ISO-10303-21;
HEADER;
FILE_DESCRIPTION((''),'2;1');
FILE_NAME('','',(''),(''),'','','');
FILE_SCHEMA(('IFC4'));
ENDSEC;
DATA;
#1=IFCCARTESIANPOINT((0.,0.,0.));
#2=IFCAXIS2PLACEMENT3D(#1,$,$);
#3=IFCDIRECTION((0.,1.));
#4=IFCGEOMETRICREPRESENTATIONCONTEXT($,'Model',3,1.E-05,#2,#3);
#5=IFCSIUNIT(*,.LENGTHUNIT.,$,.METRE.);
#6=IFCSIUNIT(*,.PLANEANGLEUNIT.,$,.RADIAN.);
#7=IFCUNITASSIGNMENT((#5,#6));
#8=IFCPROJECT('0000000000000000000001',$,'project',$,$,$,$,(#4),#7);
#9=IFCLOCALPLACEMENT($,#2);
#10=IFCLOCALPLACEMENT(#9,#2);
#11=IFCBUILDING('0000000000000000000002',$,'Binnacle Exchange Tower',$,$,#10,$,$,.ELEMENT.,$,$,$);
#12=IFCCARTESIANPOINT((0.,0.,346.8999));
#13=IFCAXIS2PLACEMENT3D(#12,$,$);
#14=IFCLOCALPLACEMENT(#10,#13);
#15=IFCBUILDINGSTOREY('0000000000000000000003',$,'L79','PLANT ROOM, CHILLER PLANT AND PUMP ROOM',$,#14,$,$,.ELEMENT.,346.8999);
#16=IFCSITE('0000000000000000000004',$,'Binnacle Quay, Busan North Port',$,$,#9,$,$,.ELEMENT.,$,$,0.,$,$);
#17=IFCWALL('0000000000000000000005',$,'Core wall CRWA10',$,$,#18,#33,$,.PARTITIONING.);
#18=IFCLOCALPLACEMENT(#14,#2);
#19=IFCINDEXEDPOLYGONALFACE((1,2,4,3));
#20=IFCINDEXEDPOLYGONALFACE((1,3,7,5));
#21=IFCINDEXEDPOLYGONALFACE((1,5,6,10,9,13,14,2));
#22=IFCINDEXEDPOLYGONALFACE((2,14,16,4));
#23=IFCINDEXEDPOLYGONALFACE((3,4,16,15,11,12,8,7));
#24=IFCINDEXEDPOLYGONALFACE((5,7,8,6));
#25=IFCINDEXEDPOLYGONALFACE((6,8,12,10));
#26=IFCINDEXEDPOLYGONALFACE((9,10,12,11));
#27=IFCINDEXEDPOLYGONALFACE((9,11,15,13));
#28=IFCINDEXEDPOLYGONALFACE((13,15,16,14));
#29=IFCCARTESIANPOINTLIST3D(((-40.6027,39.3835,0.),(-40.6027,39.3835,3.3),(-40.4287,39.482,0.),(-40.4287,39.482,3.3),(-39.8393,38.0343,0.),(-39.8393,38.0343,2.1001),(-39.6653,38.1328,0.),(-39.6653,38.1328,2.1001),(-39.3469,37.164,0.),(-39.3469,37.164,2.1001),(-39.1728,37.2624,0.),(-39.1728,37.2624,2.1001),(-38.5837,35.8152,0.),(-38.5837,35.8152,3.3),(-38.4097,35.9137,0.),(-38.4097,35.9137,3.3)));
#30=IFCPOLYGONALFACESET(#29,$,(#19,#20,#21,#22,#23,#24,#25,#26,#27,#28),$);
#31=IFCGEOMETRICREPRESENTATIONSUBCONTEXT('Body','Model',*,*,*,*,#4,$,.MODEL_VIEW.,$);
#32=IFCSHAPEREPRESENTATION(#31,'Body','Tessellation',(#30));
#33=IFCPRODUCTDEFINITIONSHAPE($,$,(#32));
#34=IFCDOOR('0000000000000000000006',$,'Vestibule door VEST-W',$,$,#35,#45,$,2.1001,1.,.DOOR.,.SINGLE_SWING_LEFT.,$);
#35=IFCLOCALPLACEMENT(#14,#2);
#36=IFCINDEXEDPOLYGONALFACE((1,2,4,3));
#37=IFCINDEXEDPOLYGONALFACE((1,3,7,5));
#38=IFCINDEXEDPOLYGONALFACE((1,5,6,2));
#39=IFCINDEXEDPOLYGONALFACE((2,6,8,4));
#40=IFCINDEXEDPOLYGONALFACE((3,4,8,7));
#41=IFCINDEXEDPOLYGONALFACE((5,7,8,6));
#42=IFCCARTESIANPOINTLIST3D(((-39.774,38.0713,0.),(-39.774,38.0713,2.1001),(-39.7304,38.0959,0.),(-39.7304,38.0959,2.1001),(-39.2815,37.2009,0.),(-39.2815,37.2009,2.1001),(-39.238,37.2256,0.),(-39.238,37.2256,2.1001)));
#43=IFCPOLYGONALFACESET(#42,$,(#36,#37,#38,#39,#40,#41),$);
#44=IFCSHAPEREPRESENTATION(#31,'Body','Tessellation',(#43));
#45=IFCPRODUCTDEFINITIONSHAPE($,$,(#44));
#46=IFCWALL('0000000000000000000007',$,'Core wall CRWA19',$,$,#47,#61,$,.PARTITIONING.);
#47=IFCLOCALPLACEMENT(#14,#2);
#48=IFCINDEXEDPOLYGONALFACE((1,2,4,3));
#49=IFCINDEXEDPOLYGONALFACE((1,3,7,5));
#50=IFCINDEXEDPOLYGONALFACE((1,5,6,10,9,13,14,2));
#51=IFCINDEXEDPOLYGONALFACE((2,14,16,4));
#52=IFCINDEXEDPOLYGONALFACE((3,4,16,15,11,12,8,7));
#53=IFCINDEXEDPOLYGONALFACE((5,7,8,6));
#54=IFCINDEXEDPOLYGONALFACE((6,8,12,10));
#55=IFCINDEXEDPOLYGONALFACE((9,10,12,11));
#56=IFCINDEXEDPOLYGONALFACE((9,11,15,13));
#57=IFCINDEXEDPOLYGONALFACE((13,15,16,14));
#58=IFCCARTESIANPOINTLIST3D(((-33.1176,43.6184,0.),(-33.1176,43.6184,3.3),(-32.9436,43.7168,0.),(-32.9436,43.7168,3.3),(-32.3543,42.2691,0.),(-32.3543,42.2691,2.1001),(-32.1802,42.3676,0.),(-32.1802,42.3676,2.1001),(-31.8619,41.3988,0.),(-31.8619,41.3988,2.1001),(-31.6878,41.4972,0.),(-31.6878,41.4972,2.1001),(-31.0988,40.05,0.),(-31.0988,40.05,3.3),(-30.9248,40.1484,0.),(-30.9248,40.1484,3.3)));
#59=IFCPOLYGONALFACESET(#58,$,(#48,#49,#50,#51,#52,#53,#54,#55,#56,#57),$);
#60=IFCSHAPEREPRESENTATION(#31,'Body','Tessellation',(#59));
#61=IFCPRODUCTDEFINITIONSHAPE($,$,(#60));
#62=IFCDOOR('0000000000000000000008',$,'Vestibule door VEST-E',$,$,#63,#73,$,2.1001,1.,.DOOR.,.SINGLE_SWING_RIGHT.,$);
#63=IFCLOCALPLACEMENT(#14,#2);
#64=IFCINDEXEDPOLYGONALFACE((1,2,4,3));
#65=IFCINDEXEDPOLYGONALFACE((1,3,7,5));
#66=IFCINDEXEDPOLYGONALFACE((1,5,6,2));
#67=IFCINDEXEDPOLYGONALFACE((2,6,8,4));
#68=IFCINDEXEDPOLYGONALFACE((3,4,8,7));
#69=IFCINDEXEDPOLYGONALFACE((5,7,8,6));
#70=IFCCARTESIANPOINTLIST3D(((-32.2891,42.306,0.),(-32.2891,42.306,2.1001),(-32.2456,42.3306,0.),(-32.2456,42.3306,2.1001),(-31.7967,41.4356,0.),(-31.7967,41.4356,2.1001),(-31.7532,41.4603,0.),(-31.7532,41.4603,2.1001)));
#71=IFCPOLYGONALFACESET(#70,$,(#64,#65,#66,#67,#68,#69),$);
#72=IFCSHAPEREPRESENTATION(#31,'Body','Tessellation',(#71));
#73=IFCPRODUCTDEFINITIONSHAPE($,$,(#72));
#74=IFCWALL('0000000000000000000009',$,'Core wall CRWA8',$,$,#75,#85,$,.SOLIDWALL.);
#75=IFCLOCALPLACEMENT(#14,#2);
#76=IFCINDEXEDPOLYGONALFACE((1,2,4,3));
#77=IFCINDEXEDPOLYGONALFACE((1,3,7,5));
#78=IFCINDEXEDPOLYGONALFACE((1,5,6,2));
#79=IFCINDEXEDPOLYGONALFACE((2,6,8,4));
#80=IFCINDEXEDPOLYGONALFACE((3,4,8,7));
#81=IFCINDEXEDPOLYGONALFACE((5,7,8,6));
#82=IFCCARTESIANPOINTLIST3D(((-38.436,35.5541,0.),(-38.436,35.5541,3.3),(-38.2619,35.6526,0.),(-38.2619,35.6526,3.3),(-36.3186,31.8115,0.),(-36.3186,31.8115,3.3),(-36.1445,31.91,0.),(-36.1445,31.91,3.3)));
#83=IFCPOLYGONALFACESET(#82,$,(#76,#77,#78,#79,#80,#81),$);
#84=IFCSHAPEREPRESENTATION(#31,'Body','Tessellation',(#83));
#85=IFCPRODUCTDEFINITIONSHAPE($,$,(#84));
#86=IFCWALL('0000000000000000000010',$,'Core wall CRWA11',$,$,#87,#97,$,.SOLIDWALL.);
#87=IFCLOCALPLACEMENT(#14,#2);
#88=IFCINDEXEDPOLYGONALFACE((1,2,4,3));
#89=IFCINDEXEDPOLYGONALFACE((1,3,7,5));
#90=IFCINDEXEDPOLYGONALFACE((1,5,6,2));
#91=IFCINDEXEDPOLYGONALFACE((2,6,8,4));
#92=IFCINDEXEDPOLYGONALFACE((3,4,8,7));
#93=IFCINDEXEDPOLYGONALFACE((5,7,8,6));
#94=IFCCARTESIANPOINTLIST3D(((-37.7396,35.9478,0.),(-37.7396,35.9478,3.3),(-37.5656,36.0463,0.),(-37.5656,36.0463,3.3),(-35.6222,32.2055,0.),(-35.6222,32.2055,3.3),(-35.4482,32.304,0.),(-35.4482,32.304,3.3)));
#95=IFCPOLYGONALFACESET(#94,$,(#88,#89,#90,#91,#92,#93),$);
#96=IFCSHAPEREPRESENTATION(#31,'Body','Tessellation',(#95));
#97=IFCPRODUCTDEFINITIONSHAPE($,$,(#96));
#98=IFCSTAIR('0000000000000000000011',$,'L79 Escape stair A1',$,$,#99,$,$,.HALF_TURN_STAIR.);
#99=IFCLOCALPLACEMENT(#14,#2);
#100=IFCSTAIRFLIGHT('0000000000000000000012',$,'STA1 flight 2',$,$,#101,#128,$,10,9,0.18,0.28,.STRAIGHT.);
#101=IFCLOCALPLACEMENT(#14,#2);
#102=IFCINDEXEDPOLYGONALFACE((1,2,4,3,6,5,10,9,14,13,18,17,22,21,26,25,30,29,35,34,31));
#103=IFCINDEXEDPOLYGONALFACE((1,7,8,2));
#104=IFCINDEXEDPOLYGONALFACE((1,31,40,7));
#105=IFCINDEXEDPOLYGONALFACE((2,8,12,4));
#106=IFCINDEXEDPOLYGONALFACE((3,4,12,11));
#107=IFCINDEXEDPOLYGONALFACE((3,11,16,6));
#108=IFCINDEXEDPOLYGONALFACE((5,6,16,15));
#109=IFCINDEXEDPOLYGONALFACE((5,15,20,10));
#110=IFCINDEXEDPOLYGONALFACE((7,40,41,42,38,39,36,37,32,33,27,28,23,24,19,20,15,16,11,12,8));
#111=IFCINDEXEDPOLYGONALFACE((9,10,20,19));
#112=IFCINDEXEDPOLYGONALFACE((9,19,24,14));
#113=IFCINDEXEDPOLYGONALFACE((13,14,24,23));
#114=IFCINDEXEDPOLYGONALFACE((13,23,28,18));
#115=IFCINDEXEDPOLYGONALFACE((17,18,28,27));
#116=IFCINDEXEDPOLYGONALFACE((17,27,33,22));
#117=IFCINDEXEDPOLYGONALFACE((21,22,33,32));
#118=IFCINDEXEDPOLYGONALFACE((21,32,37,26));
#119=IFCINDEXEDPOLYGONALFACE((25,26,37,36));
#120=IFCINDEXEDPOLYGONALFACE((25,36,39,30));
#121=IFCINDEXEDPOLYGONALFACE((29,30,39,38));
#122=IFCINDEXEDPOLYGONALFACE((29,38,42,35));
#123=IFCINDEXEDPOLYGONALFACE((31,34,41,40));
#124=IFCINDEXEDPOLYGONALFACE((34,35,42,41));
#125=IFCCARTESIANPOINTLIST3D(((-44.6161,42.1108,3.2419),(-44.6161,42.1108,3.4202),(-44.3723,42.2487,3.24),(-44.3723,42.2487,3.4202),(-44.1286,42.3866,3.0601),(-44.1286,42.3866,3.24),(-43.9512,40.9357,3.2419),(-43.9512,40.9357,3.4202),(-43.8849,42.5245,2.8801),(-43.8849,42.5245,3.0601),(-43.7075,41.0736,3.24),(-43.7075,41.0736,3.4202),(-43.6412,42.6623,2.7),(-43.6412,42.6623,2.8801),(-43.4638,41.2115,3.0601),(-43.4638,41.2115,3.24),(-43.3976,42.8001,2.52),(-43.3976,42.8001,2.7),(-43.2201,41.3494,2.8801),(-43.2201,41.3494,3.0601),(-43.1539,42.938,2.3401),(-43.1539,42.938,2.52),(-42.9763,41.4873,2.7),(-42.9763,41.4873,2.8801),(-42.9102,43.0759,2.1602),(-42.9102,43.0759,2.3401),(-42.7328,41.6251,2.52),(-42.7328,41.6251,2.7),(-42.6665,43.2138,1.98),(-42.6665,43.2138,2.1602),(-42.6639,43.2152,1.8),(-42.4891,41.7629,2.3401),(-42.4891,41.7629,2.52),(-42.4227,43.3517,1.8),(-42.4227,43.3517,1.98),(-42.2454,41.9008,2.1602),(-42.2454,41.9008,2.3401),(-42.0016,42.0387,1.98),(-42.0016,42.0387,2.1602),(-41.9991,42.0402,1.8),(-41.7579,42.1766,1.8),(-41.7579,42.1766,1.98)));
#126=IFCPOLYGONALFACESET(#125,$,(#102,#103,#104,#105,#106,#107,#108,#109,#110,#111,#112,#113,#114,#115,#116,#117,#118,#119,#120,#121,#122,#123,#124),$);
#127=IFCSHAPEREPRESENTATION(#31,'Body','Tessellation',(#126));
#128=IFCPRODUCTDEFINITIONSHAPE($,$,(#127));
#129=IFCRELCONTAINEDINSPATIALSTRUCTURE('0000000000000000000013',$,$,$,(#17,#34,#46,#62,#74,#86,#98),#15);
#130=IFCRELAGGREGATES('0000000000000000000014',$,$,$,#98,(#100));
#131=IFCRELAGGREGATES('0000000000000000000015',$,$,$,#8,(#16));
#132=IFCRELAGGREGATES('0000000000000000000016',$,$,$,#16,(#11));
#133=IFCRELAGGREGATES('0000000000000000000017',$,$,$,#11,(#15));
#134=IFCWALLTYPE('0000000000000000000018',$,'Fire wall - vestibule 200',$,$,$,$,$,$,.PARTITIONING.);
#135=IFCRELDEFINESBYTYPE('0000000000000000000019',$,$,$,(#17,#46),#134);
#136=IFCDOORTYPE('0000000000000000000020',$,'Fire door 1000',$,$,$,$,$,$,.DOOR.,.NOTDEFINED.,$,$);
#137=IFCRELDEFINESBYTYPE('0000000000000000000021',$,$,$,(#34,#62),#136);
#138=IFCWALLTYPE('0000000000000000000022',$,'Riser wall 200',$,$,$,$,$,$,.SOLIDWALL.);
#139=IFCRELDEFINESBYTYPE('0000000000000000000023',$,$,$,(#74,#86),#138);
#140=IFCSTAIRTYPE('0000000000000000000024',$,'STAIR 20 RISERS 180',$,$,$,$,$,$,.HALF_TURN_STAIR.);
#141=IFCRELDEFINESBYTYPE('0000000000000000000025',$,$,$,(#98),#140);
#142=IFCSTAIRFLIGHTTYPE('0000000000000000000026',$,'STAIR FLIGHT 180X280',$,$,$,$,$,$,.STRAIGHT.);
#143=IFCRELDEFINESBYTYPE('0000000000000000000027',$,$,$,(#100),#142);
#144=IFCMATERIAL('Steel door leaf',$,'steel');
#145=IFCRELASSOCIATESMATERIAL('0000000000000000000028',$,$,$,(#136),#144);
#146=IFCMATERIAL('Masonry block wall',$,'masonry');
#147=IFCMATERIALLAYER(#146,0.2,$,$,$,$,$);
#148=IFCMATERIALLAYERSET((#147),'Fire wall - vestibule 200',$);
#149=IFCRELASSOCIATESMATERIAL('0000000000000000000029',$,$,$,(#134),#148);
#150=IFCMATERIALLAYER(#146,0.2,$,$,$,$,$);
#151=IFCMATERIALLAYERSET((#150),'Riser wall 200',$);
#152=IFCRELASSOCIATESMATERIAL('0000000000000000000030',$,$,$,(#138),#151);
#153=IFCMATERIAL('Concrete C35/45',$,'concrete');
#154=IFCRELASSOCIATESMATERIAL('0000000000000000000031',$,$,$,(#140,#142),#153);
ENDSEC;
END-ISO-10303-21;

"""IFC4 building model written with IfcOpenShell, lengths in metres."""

from ifc_helpers import new_model, si_unit, direction, frame, frame_2d, origin, place, context, subcontext, project, spatial, polyline, rectangle, outline, extrude, material, layer, layer_set, type_object, element, fill, aggregate, save


model = new_model("IFC4")

# Units and contexts
model_context = context("Model", 3, precision=1e-05, world=origin(), true_north=direction((0.0, 1.0)))
body_context = subcontext(model_context, "Body", "Model", "MODEL_VIEW")
ifc_project = project(units=[si_unit("LENGTHUNIT", "METRE"), si_unit("PLANEANGLEUNIT", "RADIAN")], contexts=[model_context])

# Site, building, storey
site_placement = place(None, origin())
site = spatial("IfcSite", under=ifc_project, at=site_placement, Name="Binnacle Quay, Busan North Port", CompositionType="ELEMENT", RefElevation=0.0)
building_placement = place(site_placement, origin())
building = spatial("IfcBuilding", under=site, at=building_placement, Name="Binnacle Exchange Tower", CompositionType="ELEMENT")
storey_placement = place(building_placement, frame((0.0, 0.0, 346.8999)))
storey = spatial("IfcBuildingStorey", under=building, at=storey_placement, Name="L79", Description="PLANT ROOM, CHILLER PLANT AND PUMP ROOM", CompositionType="ELEMENT", Elevation=346.8999)

# Shared definitions
ifc_material_1 = material(Name="Steel door leaf", Category="steel")

# Shared definitions
door_type_1 = type_object("IfcDoorType", Name="Fire door 1000", OperationType="NOTDEFINED", PredefinedType="DOOR", material=ifc_material_1)

# Walls, openings, doors
ifc_material_2 = material(Name="Masonry block wall", Category="masonry")
ifc_layer_1 = layer(ifc_material_2, 0.2)
ifc_layer_set_1 = layer_set([ifc_layer_1], Name="Fire wall - vestibule 200")
wall_type_1 = type_object("IfcWallType", Name="Fire wall - vestibule 200", PredefinedType="PARTITIONING", material=ifc_layer_set_1)
wall_1_placement = place(storey_placement, frame((-40.5156, 39.4326, 0.0), z_axis=(0.0, 0.0, 1.0), x_axis=(0.492454, -0.870339, 0.0)))
wall_1 = element("IfcWall", 1, at=wall_1_placement, inside=storey, type_object=wall_type_1, Name="Core wall CRWA10", PredefinedType="PARTITIONING", context=body_context, shape_type="SweptSolid", body=[
    extrude(rectangle(XDim=4.0999, YDim=0.2, at=frame_2d((2.0498, 0.0))), origin(), (0.0, 0.0, 1.0), 3.3),
])
opening_1_placement = place(wall_1_placement, frame((1.55, 0.0, 0.0)))
opening_1 = element("IfcOpeningElement", 2, at=opening_1_placement, cuts=wall_1, PredefinedType="OPENING", context=body_context, shape_type="SweptSolid", body=[
    extrude(rectangle(XDim=1.0, YDim=2.1001, at=frame_2d((0.5, 1.05))), frame((0.0, 0.1099, 0.0), z_axis=(0.0, -1.0, 0.0), x_axis=(1.0, 0.0, 0.0)), (0.0, 0.0, 1.0), 0.22),
])
door_1_placement = place(opening_1_placement, frame((1.0, 0.0, 0.0), z_axis=(0.0, 0.0, 1.0), x_axis=(-1.0, 0.0, 0.0)))
door_1 = element("IfcDoor", 3, at=door_1_placement, inside=storey, type_object=door_type_1, Name="Vestibule door VEST-W", OperationType="SINGLE_SWING_LEFT", OverallHeight=2.1001, OverallWidth=1.0, PredefinedType="DOOR", context=body_context, shape_type="SweptSolid", body=[
    extrude(rectangle(XDim=1.0, YDim=2.1001, at=frame_2d((0.5, 1.05))), frame((0.0, 0.0249, 0.0), z_axis=(0.0, -1.0, 0.0), x_axis=(1.0, 0.0, 0.0)), (0.0, 0.0, 1.0), 0.05),
])
fill(opening_1, door_1)
wall_2_placement = place(storey_placement, frame((-33.0305, 43.6675, 0.0), z_axis=(0.0, 0.0, 1.0), x_axis=(0.492408, -0.870364, 0.0)))
wall_2 = element("IfcWall", 4, at=wall_2_placement, inside=storey, type_object=wall_type_1, Name="Core wall CRWA19", PredefinedType="PARTITIONING", context=body_context, shape_type="SweptSolid", body=[
    extrude(rectangle(XDim=4.0999, YDim=0.2, at=frame_2d((2.0498, 0.0))), origin(), (0.0, 0.0, 1.0), 3.3),
])
opening_2_placement = place(wall_2_placement, frame((1.55, 0.0, 0.0)))
opening_2 = element("IfcOpeningElement", 5, at=opening_2_placement, cuts=wall_2, PredefinedType="OPENING", context=body_context, shape_type="SweptSolid", body=[
    extrude(rectangle(XDim=1.0, YDim=2.1001, at=frame_2d((0.5, 1.05))), frame((0.0, 0.1099, 0.0), z_axis=(0.0, -1.0, 0.0), x_axis=(1.0, 0.0, 0.0)), (0.0, 0.0, 1.0), 0.22),
])
door_2_placement = place(opening_2_placement, origin())
door_2 = element("IfcDoor", 6, at=door_2_placement, inside=storey, type_object=door_type_1, Name="Vestibule door VEST-E", OperationType="SINGLE_SWING_RIGHT", OverallHeight=2.1001, OverallWidth=1.0, PredefinedType="DOOR", context=body_context, shape_type="SweptSolid", body=[
    extrude(rectangle(XDim=1.0, YDim=2.1001, at=frame_2d((0.5, 1.05))), frame((0.0, 0.0249, 0.0), z_axis=(0.0, -1.0, 0.0), x_axis=(1.0, 0.0, 0.0)), (0.0, 0.0, 1.0), 0.05),
])
fill(opening_2, door_2)

# Walls
ifc_layer_2 = layer(ifc_material_2, 0.2)
ifc_layer_set_2 = layer_set([ifc_layer_2], Name="Riser wall 200")
wall_type_2 = type_object("IfcWallType", Name="Riser wall 200", PredefinedType="SOLIDWALL", material=ifc_layer_set_2)
wall_3_placement = place(storey_placement, frame((-38.3489, 35.6033, 0.0), z_axis=(0.0, 0.0, 1.0), x_axis=(0.492411, -0.870363, 0.0)))
element("IfcWall", 7, at=wall_3_placement, inside=storey, type_object=wall_type_2, Name="Core wall CRWA8", PredefinedType="SOLIDWALL", context=body_context, shape_type="SweptSolid", body=[
    extrude(rectangle(XDim=4.3, YDim=0.2, at=frame_2d((2.1499, 0.0))), origin(), (0.0, 0.0, 1.0), 3.3),
])
wall_4_placement = place(storey_placement, frame((-37.6526, 35.9971, 0.0), z_axis=(0.0, 0.0, 1.0), x_axis=(0.492435, -0.870349, 0.0)))
element("IfcWall", 8, at=wall_4_placement, inside=storey, type_object=wall_type_2, Name="Core wall CRWA11", PredefinedType="SOLIDWALL", context=body_context, shape_type="SweptSolid", body=[
    extrude(rectangle(XDim=4.2998, YDim=0.2, at=frame_2d((2.1499, 0.0))), origin(), (0.0, 0.0, 1.0), 3.3),
])

# Stair, stair flight
ifc_material_3 = material(Name="Concrete C35/45", Category="concrete")
stair_type = type_object("IfcStairType", Name="STAIR 20 RISERS 180", PredefinedType="HALF_TURN_STAIR", material=ifc_material_3)
stair_placement = place(storey_placement, origin())
stair = element("IfcStair", 9, at=stair_placement, inside=storey, type_object=stair_type, Name="L79 Escape stair A1", PredefinedType="HALF_TURN_STAIR")
stair_flight_type = type_object("IfcStairFlightType", Name="STAIR FLIGHT 180X280", PredefinedType="STRAIGHT", material=ifc_material_3)
stair_flight_placement = place(storey_placement, frame((-42.0903, 42.7642, 1.8), z_axis=(0.0, 0.0, 1.0), x_axis=(-0.870356, -0.492424, 0.0)))
stair_flight = element("IfcStairFlight", 10, at=stair_flight_placement, type_object=stair_flight_type, Name="STA1 flight 2", NumberOfRisers=10, NumberOfTreads=9, PredefinedType="STRAIGHT", RiserHeight=0.18, TreadLength=0.28, context=body_context, shape_type="SweptSolid", body=[
    extrude(outline(polyline([(0.0, 0.0), (0.0, 0.1799), (0.28, 0.1799), (0.28, 0.3601), (0.5601, 0.3601), (0.5601, 0.54), (0.8401, 0.54), (0.8401, 0.72), (1.1201, 0.72), (1.1201, 0.8999), (1.3999, 0.8999), (1.3999, 1.0801), (1.6799, 1.0801), (1.6799, 1.26), (1.96, 1.26), (1.96, 1.4399), (2.24, 1.4399), (2.24, 1.6201), (2.52, 1.6201), (2.52, 1.8), (2.52, 1.4419), (0.2771, 0.0), (0.0, 0.0)])), frame((0.0, 0.675, 0.0), z_axis=(0.0, -1.0, 0.0), x_axis=(1.0, 0.0, 0.0)), (0.0, 0.0, 1.0), 1.3501),
])
aggregate(stair, [stair_flight])

save(model, "model.ifc")
